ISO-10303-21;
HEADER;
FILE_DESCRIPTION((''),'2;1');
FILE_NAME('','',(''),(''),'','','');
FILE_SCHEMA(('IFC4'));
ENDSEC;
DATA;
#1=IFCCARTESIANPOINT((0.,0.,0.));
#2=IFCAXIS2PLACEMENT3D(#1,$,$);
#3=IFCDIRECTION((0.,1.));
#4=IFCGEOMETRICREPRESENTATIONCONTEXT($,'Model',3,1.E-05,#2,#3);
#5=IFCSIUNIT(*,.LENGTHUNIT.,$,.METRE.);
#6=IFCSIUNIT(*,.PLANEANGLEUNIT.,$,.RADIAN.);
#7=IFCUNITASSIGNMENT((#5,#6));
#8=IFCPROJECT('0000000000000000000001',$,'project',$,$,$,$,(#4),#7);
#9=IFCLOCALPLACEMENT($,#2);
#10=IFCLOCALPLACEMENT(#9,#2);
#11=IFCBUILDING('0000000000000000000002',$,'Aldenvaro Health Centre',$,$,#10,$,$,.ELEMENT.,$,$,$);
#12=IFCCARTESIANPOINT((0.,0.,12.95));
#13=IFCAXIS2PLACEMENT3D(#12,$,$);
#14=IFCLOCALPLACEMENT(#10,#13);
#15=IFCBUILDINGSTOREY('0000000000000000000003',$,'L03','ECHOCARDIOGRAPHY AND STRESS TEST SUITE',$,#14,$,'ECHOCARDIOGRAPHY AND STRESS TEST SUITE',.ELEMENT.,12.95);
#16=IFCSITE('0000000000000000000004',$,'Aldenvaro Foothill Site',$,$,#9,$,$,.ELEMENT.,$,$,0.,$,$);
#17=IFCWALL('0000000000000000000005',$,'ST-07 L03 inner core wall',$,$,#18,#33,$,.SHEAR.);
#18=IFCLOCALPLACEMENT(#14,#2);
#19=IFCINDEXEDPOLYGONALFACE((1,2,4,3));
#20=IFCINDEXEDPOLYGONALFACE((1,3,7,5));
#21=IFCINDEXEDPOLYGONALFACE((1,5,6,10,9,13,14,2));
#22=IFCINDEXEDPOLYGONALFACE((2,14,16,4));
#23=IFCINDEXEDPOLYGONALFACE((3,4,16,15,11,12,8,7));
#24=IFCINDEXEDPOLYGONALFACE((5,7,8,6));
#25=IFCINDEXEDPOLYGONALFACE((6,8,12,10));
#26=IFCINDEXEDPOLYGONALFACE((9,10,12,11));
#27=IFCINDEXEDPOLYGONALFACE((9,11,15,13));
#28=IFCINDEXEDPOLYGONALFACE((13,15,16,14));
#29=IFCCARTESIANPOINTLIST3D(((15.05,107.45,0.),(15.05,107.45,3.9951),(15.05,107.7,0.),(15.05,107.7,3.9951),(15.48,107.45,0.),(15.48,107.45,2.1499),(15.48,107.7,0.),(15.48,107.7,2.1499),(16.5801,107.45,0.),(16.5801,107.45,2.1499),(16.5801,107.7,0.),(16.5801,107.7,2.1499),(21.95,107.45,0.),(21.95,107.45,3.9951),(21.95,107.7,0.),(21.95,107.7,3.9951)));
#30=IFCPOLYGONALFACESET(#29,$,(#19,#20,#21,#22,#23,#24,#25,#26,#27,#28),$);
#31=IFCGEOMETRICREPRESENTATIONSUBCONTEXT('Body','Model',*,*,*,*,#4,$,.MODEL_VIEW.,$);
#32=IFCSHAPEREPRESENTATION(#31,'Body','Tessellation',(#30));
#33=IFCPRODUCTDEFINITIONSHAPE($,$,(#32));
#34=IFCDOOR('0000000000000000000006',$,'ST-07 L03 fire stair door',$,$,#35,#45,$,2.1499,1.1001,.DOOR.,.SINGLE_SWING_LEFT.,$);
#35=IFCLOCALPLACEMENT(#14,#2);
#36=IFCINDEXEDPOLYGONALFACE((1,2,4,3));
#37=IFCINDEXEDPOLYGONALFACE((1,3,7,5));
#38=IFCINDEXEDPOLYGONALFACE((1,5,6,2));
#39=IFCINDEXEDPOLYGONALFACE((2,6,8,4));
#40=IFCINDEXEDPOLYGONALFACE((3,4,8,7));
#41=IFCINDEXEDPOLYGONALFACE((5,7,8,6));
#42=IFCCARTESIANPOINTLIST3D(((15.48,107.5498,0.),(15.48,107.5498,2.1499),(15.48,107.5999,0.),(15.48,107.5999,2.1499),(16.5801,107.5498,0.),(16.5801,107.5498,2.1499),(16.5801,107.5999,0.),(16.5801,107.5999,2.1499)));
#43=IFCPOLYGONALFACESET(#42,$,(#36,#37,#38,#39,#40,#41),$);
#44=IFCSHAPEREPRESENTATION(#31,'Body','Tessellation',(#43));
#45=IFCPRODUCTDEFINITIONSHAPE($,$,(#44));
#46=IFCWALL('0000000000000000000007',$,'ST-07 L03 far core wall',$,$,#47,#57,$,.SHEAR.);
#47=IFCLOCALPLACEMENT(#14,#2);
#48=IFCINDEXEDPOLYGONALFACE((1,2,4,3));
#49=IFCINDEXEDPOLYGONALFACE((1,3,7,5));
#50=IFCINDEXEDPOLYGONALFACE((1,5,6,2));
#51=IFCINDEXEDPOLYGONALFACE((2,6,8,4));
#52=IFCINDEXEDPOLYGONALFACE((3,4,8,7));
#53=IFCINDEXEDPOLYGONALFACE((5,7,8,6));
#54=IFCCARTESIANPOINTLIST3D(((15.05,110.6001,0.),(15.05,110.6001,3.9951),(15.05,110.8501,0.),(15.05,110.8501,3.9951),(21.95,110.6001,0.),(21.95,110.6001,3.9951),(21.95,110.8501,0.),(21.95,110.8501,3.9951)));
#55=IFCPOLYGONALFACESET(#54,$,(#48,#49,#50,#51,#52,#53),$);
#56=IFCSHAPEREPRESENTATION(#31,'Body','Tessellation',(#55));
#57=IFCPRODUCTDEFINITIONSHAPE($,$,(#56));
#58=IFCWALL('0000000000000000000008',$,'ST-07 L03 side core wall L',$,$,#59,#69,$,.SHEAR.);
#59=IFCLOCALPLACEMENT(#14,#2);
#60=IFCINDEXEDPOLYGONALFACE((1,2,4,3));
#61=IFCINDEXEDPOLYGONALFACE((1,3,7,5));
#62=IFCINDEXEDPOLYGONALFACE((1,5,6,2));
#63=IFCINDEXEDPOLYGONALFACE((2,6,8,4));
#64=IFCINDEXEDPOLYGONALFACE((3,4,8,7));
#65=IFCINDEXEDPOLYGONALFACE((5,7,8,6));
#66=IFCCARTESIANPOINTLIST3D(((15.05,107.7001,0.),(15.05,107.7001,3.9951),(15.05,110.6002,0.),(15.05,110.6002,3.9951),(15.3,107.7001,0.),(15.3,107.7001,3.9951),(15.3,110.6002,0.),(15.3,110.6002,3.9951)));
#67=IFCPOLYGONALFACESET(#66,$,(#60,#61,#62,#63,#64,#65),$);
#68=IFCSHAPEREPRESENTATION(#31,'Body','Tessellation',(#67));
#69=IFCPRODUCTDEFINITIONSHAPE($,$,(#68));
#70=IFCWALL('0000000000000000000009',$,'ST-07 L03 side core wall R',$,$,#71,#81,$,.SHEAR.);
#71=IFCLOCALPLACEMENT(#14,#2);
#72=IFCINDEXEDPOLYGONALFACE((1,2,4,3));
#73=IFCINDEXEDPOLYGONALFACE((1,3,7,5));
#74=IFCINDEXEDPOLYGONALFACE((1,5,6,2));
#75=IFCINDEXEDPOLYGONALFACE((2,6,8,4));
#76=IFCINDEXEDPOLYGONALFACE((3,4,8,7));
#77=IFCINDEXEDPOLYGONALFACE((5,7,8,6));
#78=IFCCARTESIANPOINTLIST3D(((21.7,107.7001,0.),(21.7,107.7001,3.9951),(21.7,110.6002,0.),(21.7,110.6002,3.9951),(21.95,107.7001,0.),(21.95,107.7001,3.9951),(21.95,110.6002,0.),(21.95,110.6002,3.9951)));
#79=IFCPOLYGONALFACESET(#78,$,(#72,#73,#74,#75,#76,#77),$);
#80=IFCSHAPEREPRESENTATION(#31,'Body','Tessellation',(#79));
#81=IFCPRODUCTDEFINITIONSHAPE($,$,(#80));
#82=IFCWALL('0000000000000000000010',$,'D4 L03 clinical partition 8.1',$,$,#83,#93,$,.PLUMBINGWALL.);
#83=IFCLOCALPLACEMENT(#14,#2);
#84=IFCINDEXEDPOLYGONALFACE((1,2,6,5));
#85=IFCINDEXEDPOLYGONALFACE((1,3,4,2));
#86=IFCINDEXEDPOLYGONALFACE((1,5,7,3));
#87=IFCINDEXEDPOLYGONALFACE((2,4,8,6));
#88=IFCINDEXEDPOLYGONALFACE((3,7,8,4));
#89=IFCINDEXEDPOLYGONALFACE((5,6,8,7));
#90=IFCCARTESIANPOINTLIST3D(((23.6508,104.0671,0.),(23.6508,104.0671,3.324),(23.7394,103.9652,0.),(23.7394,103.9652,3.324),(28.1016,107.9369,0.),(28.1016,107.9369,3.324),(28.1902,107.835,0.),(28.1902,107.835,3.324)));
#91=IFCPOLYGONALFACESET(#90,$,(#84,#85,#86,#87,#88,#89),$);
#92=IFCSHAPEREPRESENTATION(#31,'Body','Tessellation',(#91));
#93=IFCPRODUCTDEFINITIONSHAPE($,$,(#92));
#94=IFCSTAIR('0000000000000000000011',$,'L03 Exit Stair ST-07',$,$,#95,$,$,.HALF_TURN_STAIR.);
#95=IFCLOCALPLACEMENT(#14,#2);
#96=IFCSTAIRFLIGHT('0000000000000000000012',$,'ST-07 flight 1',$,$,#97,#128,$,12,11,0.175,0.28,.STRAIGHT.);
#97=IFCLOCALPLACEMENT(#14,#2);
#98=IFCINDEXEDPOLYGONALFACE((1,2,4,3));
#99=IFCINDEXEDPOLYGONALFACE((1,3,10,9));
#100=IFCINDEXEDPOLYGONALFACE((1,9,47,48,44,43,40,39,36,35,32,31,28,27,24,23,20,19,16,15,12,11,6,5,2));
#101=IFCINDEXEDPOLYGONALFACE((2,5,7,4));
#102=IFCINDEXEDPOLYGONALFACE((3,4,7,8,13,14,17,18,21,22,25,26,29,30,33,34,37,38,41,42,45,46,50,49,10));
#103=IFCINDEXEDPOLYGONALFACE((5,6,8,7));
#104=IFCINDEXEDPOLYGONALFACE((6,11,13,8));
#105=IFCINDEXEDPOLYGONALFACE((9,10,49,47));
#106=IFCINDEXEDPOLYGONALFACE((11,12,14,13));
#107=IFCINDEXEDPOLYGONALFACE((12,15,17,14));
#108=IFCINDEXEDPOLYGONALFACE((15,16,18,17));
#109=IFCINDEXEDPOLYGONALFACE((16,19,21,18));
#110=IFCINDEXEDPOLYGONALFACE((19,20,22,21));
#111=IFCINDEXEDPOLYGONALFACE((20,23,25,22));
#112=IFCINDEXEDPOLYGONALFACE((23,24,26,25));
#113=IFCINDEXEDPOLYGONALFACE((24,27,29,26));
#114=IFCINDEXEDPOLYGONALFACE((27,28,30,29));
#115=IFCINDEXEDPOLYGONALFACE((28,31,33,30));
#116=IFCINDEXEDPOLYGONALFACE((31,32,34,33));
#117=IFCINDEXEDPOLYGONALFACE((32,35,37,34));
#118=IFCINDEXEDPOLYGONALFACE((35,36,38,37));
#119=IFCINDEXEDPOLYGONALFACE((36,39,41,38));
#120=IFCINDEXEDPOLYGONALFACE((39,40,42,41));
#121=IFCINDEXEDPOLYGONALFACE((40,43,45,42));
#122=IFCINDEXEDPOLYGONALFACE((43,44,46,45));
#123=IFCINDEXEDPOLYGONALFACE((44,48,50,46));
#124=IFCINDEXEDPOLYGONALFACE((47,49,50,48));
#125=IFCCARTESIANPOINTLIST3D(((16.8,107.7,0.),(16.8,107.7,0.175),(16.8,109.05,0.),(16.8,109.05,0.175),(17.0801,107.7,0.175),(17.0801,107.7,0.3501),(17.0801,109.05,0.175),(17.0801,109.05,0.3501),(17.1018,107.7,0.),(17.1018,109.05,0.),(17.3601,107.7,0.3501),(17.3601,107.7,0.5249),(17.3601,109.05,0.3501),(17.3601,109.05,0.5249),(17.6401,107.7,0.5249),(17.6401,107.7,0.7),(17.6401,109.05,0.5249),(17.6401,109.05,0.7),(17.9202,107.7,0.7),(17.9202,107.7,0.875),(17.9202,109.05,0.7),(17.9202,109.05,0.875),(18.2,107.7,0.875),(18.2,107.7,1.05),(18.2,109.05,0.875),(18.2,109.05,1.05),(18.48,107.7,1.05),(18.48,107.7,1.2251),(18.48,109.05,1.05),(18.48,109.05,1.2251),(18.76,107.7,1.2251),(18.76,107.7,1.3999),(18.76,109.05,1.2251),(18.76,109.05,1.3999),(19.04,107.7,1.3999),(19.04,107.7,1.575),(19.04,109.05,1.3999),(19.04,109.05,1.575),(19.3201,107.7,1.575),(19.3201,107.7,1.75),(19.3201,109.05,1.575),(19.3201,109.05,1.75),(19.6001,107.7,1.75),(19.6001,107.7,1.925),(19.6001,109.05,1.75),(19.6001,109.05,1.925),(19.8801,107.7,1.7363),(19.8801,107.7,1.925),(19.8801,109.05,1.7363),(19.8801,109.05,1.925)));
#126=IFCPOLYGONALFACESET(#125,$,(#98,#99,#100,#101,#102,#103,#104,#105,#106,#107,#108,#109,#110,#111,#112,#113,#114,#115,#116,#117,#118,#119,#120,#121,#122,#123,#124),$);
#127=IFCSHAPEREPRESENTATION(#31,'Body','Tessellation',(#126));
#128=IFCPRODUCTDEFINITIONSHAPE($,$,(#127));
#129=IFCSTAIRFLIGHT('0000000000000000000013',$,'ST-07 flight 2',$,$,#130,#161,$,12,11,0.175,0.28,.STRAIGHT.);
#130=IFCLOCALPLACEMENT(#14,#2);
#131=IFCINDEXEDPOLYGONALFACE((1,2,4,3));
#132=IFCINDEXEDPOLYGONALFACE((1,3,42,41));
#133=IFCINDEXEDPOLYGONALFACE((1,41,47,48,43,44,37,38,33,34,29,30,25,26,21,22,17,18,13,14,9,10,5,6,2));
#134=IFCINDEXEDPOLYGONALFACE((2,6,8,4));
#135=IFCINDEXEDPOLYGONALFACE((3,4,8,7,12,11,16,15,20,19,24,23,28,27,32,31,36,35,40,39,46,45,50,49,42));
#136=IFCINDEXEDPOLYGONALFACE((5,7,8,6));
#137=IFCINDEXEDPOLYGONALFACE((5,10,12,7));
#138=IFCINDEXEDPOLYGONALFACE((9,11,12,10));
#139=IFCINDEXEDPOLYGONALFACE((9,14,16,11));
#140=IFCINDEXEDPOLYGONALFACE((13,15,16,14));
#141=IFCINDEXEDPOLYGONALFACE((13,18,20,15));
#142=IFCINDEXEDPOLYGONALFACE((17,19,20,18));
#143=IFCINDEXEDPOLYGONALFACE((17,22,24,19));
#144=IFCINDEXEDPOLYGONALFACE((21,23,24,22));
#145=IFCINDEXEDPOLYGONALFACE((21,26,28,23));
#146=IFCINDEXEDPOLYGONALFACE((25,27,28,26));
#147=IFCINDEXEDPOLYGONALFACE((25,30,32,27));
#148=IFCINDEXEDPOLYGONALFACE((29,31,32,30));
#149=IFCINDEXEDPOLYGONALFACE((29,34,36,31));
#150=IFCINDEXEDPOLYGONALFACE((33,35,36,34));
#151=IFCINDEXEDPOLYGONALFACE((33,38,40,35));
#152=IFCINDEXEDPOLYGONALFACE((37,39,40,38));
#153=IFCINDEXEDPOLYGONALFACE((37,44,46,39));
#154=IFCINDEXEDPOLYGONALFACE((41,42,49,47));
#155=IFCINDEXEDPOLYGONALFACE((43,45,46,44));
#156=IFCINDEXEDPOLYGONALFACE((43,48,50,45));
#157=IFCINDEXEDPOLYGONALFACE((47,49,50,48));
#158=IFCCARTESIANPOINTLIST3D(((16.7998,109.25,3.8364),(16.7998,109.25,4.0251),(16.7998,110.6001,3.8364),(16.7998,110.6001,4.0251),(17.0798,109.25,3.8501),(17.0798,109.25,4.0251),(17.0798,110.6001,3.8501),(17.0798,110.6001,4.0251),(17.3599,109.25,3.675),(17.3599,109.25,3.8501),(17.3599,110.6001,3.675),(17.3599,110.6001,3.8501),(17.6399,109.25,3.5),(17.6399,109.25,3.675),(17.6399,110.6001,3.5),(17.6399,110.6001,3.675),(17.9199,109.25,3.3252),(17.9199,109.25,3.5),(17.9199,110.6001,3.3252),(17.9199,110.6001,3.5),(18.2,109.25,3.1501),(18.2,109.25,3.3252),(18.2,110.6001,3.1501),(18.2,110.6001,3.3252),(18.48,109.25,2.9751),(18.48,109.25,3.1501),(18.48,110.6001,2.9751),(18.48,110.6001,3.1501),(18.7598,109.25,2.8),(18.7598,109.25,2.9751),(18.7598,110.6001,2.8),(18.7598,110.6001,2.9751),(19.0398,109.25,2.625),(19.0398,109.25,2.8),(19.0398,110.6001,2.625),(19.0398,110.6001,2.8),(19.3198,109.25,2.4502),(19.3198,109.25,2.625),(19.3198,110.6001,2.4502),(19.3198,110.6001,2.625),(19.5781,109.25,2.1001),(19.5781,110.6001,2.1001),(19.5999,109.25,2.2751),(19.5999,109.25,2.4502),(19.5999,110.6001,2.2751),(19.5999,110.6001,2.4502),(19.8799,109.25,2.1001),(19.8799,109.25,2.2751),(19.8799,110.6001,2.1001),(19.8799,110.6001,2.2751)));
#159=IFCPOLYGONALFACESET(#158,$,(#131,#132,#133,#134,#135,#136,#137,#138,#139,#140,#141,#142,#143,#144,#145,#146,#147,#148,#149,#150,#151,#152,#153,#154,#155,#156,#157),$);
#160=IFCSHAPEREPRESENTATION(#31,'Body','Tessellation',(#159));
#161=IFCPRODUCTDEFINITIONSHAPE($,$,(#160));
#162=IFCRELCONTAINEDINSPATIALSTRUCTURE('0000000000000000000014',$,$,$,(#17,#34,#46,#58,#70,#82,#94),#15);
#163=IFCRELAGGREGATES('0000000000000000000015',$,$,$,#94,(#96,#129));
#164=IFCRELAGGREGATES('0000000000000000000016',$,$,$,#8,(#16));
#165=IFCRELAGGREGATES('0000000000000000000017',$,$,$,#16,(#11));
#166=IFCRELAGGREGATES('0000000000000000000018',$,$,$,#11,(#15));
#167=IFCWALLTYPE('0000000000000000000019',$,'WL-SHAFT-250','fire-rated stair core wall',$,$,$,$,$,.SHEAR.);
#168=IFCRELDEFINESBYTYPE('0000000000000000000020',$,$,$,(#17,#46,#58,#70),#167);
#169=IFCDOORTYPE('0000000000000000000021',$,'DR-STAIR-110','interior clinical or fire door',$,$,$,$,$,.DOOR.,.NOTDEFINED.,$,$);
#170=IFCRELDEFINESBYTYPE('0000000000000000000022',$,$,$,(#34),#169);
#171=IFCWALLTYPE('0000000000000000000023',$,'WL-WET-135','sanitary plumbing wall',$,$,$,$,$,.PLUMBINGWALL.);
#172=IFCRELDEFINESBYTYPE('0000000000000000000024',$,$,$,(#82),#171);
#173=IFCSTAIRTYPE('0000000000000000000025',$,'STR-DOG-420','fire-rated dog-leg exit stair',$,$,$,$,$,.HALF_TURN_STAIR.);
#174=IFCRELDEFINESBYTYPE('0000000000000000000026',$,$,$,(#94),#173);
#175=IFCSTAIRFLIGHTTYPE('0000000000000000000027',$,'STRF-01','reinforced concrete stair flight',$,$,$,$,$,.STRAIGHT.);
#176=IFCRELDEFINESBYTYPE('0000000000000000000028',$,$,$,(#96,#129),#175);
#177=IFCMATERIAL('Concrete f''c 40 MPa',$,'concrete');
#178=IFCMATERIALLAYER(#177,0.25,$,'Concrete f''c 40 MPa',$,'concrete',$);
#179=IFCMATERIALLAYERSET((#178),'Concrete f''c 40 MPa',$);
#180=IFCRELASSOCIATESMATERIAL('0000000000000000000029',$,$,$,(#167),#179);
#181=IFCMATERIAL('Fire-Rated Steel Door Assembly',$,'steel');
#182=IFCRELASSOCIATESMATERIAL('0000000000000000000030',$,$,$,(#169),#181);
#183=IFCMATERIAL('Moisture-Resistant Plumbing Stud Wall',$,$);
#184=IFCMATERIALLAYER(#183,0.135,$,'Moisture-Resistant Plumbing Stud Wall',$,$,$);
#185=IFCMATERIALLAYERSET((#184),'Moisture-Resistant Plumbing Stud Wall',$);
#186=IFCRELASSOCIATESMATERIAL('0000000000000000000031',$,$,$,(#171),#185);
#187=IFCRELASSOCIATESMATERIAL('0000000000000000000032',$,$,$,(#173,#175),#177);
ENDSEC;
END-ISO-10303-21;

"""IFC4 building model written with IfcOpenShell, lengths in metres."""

from ifc_helpers import new_model, si_unit, direction, frame, frame_2d, origin, place, context, subcontext, project, spatial, polyline, rectangle, outline, extrude, material, layer, layer_set, type_object, element, fill, aggregate, save


model = new_model("IFC4")

# Units and contexts
model_context = context("Model", 3, precision=1e-05, world=origin(), true_north=direction((0.0, 1.0)))
body_context = subcontext(model_context, "Body", "Model", "MODEL_VIEW")
ifc_project = project(units=[si_unit("LENGTHUNIT", "METRE"), si_unit("PLANEANGLEUNIT", "RADIAN")], contexts=[model_context])

# Site, building, storey
site_placement = place(None, origin())
site = spatial("IfcSite", under=ifc_project, at=site_placement, Name="Aldenvaro Foothill Site", CompositionType="ELEMENT", RefElevation=0.0)
building_placement = place(site_placement, origin())
building = spatial("IfcBuilding", under=site, at=building_placement, Name="Aldenvaro Health Centre", CompositionType="ELEMENT")
storey_placement = place(building_placement, frame((0.0, 0.0, 12.95)))
storey = spatial("IfcBuildingStorey", under=building, at=storey_placement, Name="L03", Description="ECHOCARDIOGRAPHY AND STRESS TEST SUITE", LongName="ECHOCARDIOGRAPHY AND STRESS TEST SUITE", CompositionType="ELEMENT", Elevation=12.95)

# Shared definitions
ifc_material_1 = material(Name="Concrete f'c 40 MPa", Category="concrete")

# Wall, opening, door
ifc_layer_1 = layer(ifc_material_1, 0.25, Name="Concrete f'c 40 MPa", Category="concrete")
ifc_layer_set_1 = layer_set([ifc_layer_1], Name="Concrete f'c 40 MPa")
wall_type_1 = type_object("IfcWallType", Name="WL-SHAFT-250", Description="fire-rated stair core wall", PredefinedType="SHEAR", material=ifc_layer_set_1)
wall_1_placement = place(storey_placement, frame((15.05, 107.575, 0.0), z_axis=(0.0, 0.0, 1.0), x_axis=(1.0, 0.0, 0.0)))
wall_1 = element("IfcWall", 1, at=wall_1_placement, inside=storey, type_object=wall_type_1, Name="ST-07 L03 inner core wall", PredefinedType="SHEAR", context=body_context, shape_type="SweptSolid", body=[
    extrude(rectangle(XDim=6.8999, YDim=0.25, at=frame_2d((3.45, 0.0))), origin(), (0.0, 0.0, 1.0), 3.9951),
])
opening_1_placement = place(wall_1_placement, frame((0.4299, 0.0, 0.0)))
opening_1 = element("IfcOpeningElement", 2, at=opening_1_placement, cuts=wall_1, PredefinedType="OPENING", context=body_context, shape_type="SweptSolid", body=[
    extrude(rectangle(XDim=1.1001, YDim=2.1499, at=frame_2d((0.55, 1.075))), frame((0.0, 0.135, 0.0), z_axis=(0.0, -1.0, 0.0), x_axis=(1.0, 0.0, 0.0)), (0.0, 0.0, 1.0), 0.27),
])
ifc_material_2 = material(Name="Fire-Rated Steel Door Assembly", Category="steel")
door_type_1 = type_object("IfcDoorType", Name="DR-STAIR-110", Description="interior clinical or fire door", OperationType="NOTDEFINED", PredefinedType="DOOR", material=ifc_material_2)
door_1_placement = place(opening_1_placement, origin())
door_1 = element("IfcDoor", 3, at=door_1_placement, inside=storey, type_object=door_type_1, Name="ST-07 L03 fire stair door", OperationType="SINGLE_SWING_LEFT", OverallHeight=2.1499, OverallWidth=1.1001, PredefinedType="DOOR", context=body_context, shape_type="SweptSolid", body=[
    extrude(rectangle(XDim=1.1001, YDim=2.1499, at=frame_2d((0.55, 1.075))), frame((0.0, 0.0249, 0.0), z_axis=(0.0, -1.0, 0.0), x_axis=(1.0, 0.0, 0.0)), (0.0, 0.0, 1.0), 0.05),
])
fill(opening_1, door_1)

# Walls
wall_2_placement = place(storey_placement, frame((15.05, 110.7251, 0.0), z_axis=(0.0, 0.0, 1.0), x_axis=(1.0, 0.0, 0.0)))
element("IfcWall", 4, at=wall_2_placement, inside=storey, type_object=wall_type_1, Name="ST-07 L03 far core wall", PredefinedType="SHEAR", context=body_context, shape_type="SweptSolid", body=[
    extrude(rectangle(XDim=6.8999, YDim=0.25, at=frame_2d((3.45, 0.0))), origin(), (0.0, 0.0, 1.0), 3.9951),
])
for number, where, z_axis, x_axis, name in (
    (5, (15.175, 107.7, 0.0), (0.0, 0.0, 1.0), (0.0, 1.0, 0.0), "ST-07 L03 side core wall L"),
    (6, (21.825, 107.7, 0.0), (0.0, 0.0, 1.0), (0.0, 1.0, 0.0), "ST-07 L03 side core wall R"),
):
    element("IfcWall", number, at=place(storey_placement, frame(where, z_axis=z_axis, x_axis=x_axis)), inside=storey, type_object=wall_type_1, Name=name, PredefinedType="SHEAR", context=body_context, shape_type="SweptSolid", body=[
        extrude(rectangle(XDim=2.9001, YDim=0.25, at=frame_2d((1.4502, 0.0))), origin(), (0.0, 0.0, 1.0), 3.9951),
    ])
ifc_material_3 = material(Name="Moisture-Resistant Plumbing Stud Wall")
ifc_layer_2 = layer(ifc_material_3, 0.135, Name="Moisture-Resistant Plumbing Stud Wall")
ifc_layer_set_2 = layer_set([ifc_layer_2], Name="Moisture-Resistant Plumbing Stud Wall")
wall_type_2 = type_object("IfcWallType", Name="WL-WET-135", Description="sanitary plumbing wall", PredefinedType="PLUMBINGWALL", material=ifc_layer_set_2)
wall_3_placement = place(storey_placement, frame((23.6951, 104.0161, 0.0), z_axis=(0.0, 0.0, 1.0), x_axis=(0.754647, 0.656131, 0.0)))
element("IfcWall", 7, at=wall_3_placement, inside=storey, type_object=wall_type_2, Name="D4 L03 clinical partition 8.1", PredefinedType="PLUMBINGWALL", context=body_context, shape_type="SweptSolid", body=[
    extrude(rectangle(XDim=5.8979, YDim=0.135, at=frame_2d((2.949, 0.0))), origin(), (0.0, 0.0, 1.0), 3.324),
])

# Stair, stair flights
stair_type = type_object("IfcStairType", Name="STR-DOG-420", Description="fire-rated dog-leg exit stair", PredefinedType="HALF_TURN_STAIR", material=ifc_material_1)
stair_placement = place(storey_placement, origin())
stair = element("IfcStair", 8, at=stair_placement, inside=storey, type_object=stair_type, Name="L03 Exit Stair ST-07", PredefinedType="HALF_TURN_STAIR")
stair_flight_type = type_object("IfcStairFlightType", Name="STRF-01", Description="reinforced concrete stair flight", PredefinedType="STRAIGHT", material=ifc_material_1)
stair_flight_1_placement = place(storey_placement, frame((16.8, 108.375, 0.0), z_axis=(0.0, 0.0, 1.0), x_axis=(1.0, 0.0, 0.0)))
stair_flight_1 = element("IfcStairFlight", 9, at=stair_flight_1_placement, type_object=stair_flight_type, Name="ST-07 flight 1", NumberOfRisers=12, NumberOfTreads=11, PredefinedType="STRAIGHT", RiserHeight=0.175, TreadLength=0.28, context=body_context, shape_type="SweptSolid", body=[
    extrude(outline(polyline([(0.0, 0.0), (0.0, 0.175), (0.28, 0.175), (0.28, 0.3501), (0.5601, 0.3501), (0.5601, 0.5249), (0.8401, 0.5249), (0.8401, 0.7), (1.1201, 0.7), (1.1201, 0.875), (1.3999, 0.875), (1.3999, 1.05), (1.6799, 1.05), (1.6799, 1.2251), (1.96, 1.2251), (1.96, 1.3999), (2.24, 1.3999), (2.24, 1.575), (2.52, 1.575), (2.52, 1.75), (2.8, 1.75), (2.8, 1.925), (3.0801, 1.925), (3.0801, 2.1001), (3.0801, 1.7363), (0.3018, 0.0), (0.0, 0.0)])), frame((0.0, 0.675, 0.0), z_axis=(0.0, -1.0, 0.0), x_axis=(1.0, 0.0, 0.0)), (0.0, 0.0, 1.0), 1.3501),
])
stair_flight_2_placement = place(storey_placement, frame((19.8799, 109.925, 2.1001), z_axis=(0.0, 0.0, 1.0), x_axis=(-1.0, 0.0, 0.0)))
stair_flight_2 = element("IfcStairFlight", 10, at=stair_flight_2_placement, type_object=stair_flight_type, Name="ST-07 flight 2", NumberOfRisers=12, NumberOfTreads=11, PredefinedType="STRAIGHT", RiserHeight=0.175, TreadLength=0.28, context=body_context, shape_type="SweptSolid", body=[
    extrude(outline(polyline([(0.0, 0.0), (0.0, 0.175), (0.28, 0.175), (0.28, 0.3501), (0.5601, 0.3501), (0.5601, 0.5249), (0.8401, 0.5249), (0.8401, 0.7), (1.1201, 0.7), (1.1201, 0.875), (1.3999, 0.875), (1.3999, 1.05), (1.6799, 1.05), (1.6799, 1.2251), (1.96, 1.2251), (1.96, 1.3999), (2.24, 1.3999), (2.24, 1.575), (2.52, 1.575), (2.52, 1.75), (2.8, 1.75), (2.8, 1.925), (3.0801, 1.925), (3.0801, 2.1001), (3.0801, 1.7363), (0.3018, 0.0), (0.0, 0.0)])), frame((0.0, 0.675, 0.0), z_axis=(0.0, -1.0, 0.0), x_axis=(1.0, 0.0, 0.0)), (0.0, 0.0, 1.0), 1.3501),
])
aggregate(stair, [stair_flight_1, stair_flight_2])

save(model, "model.ifc")
